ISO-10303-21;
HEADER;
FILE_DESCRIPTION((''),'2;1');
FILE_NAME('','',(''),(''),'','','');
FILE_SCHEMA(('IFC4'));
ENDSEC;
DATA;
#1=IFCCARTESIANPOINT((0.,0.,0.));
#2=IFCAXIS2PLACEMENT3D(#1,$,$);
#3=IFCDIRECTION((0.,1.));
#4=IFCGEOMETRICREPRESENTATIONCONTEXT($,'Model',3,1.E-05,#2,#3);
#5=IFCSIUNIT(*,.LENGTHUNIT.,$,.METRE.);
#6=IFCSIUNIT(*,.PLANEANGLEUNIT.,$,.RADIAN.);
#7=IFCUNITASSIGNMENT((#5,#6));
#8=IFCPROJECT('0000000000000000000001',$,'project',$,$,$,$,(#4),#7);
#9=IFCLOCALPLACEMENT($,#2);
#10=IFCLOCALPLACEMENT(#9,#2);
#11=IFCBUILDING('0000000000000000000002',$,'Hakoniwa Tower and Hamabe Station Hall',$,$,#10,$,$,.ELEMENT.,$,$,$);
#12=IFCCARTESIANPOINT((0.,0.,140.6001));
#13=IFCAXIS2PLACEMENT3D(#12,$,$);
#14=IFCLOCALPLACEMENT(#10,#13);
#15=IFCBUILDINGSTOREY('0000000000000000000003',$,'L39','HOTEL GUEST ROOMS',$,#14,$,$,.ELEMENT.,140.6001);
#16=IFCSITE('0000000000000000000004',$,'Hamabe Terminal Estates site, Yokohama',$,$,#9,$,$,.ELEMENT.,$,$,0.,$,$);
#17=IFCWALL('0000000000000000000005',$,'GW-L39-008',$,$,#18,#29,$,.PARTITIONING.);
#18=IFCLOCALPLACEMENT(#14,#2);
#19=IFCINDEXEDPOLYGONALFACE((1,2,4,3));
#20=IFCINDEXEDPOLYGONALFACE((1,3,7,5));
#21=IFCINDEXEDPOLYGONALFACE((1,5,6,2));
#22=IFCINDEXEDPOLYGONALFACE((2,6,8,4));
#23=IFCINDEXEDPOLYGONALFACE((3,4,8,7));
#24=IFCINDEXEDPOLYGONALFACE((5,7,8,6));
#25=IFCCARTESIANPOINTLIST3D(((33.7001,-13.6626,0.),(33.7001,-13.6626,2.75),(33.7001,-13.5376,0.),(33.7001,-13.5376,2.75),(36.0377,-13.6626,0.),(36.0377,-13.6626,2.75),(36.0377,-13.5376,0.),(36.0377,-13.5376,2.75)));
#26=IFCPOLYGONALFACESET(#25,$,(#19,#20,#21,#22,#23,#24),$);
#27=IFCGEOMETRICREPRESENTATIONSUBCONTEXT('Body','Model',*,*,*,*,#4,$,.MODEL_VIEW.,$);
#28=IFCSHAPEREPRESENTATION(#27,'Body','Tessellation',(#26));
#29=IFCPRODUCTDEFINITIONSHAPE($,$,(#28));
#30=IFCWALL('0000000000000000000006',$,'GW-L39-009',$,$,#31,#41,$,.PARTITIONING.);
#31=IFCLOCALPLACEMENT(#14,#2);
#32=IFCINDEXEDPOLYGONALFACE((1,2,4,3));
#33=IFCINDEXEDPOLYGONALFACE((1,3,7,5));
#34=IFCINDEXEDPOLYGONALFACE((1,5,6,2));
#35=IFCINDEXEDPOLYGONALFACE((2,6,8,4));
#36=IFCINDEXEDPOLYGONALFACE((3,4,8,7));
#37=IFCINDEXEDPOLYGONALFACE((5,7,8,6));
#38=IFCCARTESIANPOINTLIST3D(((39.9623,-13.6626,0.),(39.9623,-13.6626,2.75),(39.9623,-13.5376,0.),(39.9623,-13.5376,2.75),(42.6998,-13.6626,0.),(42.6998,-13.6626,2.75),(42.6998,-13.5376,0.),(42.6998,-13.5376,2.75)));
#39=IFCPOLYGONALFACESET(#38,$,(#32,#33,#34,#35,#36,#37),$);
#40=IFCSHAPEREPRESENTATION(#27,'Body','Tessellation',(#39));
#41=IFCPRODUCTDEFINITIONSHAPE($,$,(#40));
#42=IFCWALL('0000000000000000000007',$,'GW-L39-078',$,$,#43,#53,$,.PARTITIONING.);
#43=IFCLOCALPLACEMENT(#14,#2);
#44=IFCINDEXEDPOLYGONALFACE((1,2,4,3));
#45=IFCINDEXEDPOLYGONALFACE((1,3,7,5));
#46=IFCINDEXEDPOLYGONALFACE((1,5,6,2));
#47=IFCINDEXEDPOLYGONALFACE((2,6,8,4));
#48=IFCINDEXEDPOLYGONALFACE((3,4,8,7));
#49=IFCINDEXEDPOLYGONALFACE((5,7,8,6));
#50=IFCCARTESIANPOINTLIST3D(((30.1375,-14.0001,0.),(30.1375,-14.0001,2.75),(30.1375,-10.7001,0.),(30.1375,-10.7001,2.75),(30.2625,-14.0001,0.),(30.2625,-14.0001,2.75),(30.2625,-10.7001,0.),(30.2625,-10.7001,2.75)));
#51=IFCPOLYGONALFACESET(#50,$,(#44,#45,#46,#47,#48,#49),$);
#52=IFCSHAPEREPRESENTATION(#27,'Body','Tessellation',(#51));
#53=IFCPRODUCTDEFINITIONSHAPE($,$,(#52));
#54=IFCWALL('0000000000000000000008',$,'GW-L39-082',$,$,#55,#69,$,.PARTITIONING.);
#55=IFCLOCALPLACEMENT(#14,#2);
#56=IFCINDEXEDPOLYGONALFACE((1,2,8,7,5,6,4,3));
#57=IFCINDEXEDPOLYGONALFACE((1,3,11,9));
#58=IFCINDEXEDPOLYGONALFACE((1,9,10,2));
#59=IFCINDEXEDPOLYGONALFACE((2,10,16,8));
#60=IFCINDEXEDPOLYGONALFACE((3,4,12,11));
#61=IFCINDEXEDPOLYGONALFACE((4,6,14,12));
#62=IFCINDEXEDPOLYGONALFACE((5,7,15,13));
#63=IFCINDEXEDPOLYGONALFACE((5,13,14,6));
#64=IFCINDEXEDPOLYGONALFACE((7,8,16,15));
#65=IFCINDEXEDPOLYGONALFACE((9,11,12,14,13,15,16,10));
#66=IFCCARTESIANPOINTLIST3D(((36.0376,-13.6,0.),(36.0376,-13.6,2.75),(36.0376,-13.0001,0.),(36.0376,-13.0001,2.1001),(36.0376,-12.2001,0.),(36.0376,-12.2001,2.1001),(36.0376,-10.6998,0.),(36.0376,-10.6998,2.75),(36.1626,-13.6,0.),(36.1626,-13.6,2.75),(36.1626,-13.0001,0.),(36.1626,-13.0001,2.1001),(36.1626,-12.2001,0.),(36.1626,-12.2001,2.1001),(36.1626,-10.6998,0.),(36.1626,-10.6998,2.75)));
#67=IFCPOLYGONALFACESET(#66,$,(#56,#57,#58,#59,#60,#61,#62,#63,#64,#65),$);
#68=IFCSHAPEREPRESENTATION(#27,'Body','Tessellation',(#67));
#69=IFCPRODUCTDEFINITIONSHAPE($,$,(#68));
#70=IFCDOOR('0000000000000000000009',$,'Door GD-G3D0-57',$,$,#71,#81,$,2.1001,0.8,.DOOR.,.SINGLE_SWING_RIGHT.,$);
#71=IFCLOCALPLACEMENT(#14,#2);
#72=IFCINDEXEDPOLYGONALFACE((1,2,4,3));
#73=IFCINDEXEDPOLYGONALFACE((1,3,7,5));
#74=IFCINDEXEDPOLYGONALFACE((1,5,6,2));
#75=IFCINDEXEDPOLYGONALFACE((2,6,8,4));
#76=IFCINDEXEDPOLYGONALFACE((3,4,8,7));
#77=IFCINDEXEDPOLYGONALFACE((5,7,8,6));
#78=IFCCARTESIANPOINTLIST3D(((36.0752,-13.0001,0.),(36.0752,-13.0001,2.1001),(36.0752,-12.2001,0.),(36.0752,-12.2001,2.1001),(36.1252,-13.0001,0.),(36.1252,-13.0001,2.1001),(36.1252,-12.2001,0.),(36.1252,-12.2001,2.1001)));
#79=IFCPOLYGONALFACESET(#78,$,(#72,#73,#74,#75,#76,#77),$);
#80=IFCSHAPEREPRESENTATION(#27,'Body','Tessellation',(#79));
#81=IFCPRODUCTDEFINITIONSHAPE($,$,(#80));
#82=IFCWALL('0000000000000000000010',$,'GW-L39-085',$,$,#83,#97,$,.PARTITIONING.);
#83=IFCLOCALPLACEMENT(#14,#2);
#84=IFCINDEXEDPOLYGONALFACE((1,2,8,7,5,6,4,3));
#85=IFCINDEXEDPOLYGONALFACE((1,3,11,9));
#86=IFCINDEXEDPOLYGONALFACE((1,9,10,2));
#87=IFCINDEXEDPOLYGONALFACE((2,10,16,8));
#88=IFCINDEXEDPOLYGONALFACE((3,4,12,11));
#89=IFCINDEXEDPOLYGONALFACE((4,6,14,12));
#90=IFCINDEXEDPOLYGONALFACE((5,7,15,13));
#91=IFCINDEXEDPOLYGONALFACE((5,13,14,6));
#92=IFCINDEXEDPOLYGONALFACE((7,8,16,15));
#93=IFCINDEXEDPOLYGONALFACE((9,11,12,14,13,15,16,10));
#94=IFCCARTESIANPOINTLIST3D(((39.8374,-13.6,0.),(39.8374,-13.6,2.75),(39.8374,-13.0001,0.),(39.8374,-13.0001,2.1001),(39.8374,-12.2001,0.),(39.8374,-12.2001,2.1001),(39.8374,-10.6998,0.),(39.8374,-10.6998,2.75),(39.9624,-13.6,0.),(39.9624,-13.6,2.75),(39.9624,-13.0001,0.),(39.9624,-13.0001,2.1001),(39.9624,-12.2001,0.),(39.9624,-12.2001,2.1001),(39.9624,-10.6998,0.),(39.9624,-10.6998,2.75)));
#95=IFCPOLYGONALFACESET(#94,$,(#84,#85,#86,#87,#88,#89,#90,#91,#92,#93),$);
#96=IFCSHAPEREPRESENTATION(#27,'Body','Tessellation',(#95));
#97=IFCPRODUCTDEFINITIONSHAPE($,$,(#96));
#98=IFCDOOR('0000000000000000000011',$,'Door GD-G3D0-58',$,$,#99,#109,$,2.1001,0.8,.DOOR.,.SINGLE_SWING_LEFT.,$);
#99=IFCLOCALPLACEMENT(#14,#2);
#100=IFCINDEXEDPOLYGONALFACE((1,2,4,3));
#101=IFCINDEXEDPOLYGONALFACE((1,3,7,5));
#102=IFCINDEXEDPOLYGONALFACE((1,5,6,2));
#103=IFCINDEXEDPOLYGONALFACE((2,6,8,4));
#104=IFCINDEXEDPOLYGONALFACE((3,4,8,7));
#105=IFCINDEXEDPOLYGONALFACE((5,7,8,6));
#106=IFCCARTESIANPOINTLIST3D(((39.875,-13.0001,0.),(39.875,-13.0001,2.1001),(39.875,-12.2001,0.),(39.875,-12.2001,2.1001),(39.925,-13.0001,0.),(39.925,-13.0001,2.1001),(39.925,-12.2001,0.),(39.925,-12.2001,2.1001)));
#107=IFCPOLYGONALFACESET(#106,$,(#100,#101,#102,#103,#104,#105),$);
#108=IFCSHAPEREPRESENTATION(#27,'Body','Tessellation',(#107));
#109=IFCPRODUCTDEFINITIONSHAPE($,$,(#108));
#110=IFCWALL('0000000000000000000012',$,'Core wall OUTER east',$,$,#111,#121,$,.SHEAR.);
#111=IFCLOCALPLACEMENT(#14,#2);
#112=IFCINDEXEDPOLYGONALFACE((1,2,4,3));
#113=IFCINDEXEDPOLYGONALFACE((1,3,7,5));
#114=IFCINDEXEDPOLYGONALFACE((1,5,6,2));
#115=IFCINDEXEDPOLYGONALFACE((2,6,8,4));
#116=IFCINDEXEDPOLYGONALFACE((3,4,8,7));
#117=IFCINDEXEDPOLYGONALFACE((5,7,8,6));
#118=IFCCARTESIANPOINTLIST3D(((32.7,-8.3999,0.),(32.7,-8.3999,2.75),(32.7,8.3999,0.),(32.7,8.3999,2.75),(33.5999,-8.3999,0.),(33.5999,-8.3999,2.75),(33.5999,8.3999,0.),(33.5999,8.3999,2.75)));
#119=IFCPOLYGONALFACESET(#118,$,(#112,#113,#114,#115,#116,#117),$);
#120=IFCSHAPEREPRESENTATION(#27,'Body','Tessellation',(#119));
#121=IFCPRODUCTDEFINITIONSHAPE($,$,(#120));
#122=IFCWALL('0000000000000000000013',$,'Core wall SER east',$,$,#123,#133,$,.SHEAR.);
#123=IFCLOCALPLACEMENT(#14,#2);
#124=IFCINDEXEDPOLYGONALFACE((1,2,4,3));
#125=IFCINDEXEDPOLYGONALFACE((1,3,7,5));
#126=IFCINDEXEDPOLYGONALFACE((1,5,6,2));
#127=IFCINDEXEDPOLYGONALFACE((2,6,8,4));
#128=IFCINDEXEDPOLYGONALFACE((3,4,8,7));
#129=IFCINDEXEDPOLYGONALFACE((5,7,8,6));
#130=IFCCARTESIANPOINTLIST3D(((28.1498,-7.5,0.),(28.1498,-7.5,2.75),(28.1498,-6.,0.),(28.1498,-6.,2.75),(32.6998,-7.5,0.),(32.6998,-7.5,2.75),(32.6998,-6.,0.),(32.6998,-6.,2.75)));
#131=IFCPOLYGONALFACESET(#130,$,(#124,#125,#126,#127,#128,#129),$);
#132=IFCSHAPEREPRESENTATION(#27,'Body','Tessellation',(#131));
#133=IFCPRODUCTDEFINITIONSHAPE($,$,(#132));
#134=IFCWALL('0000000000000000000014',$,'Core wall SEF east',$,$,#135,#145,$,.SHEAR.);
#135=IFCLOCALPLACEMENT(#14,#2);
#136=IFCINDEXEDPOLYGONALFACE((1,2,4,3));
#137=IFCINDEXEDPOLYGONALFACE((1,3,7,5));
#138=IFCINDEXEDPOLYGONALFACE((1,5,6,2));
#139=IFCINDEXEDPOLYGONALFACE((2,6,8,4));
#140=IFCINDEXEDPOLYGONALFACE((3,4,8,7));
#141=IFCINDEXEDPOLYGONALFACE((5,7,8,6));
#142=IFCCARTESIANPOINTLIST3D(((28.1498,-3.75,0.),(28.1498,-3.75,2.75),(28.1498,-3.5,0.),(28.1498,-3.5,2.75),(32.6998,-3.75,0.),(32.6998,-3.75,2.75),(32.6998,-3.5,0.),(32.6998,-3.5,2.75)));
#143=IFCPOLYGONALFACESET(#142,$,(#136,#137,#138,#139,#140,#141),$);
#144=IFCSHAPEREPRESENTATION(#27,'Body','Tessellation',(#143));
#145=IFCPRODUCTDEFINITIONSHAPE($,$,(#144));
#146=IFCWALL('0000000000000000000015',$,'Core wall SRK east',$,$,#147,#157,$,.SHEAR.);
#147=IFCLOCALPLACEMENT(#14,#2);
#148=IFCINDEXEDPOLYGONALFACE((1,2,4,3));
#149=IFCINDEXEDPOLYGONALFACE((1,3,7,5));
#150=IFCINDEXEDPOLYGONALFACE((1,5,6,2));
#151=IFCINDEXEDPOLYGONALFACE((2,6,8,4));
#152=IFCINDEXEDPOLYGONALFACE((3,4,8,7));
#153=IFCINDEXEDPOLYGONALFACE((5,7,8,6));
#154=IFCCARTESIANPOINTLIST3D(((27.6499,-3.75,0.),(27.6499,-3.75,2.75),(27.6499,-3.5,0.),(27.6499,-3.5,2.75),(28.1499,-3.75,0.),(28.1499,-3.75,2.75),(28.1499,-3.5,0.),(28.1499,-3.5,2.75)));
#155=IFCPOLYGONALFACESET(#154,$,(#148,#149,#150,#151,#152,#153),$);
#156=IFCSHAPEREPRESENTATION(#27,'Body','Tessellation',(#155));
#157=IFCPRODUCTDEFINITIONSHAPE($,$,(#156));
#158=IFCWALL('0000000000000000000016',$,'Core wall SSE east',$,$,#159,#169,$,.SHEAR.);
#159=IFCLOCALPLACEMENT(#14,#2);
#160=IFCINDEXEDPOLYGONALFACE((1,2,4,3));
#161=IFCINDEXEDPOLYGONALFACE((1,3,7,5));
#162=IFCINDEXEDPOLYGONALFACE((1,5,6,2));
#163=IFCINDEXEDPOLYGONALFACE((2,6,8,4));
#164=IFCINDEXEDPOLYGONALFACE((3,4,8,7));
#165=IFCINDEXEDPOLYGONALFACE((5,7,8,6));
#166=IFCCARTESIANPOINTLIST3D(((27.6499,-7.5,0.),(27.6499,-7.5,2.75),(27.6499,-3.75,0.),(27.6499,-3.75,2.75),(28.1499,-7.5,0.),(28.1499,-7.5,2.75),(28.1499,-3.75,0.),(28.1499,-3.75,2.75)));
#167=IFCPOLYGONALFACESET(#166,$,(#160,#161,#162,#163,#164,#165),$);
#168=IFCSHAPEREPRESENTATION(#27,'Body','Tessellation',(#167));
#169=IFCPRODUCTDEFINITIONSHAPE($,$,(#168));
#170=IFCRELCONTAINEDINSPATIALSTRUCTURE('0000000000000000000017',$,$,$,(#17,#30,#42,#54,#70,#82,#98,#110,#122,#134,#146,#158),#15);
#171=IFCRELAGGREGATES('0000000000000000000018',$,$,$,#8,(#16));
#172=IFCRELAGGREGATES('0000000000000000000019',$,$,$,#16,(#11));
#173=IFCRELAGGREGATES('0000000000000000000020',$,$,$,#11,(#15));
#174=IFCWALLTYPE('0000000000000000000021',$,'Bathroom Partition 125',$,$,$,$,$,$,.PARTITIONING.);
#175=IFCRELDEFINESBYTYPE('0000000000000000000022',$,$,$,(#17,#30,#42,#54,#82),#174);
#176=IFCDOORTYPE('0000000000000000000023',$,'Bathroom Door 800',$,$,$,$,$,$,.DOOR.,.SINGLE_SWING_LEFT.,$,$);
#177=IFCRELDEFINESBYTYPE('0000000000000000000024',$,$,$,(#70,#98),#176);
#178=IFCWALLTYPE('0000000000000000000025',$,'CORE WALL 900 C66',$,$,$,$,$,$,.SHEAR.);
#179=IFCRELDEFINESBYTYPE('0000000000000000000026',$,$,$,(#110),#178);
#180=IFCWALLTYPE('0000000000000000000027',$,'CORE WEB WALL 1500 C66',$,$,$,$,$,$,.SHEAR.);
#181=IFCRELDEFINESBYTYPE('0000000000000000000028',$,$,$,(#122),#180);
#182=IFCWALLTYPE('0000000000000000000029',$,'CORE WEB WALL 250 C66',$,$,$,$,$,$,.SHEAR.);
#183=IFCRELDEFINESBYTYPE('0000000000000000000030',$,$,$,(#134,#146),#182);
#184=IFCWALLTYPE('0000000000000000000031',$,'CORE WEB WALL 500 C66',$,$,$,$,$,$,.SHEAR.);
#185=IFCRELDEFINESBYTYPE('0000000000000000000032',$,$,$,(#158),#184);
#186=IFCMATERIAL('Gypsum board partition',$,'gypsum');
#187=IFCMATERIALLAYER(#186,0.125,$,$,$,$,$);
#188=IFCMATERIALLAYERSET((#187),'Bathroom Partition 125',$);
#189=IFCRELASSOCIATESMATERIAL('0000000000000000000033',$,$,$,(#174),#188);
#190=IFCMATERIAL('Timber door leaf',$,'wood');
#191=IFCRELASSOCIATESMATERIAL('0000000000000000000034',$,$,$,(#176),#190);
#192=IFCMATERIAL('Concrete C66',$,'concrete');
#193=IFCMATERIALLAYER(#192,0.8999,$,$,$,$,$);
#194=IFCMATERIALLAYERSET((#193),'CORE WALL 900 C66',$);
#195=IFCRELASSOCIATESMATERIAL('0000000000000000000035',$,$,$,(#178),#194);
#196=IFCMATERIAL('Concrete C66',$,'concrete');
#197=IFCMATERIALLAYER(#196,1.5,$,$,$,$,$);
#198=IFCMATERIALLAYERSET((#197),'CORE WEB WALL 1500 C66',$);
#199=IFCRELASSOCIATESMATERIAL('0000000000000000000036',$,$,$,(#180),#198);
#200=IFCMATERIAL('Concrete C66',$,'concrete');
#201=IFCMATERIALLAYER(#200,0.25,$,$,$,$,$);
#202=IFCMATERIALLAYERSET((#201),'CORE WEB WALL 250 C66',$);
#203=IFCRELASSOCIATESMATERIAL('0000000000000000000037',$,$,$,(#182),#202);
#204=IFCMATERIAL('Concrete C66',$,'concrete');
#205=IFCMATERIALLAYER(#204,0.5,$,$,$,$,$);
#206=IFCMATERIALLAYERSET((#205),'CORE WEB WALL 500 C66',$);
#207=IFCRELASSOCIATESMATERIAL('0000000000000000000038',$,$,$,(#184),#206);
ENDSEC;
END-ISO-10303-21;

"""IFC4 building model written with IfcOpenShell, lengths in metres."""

from ifc_helpers import new_model, si_unit, direction, frame, frame_2d, origin, place, context, subcontext, project, spatial, rectangle, extrude, material, layer, layer_set, type_object, element, fill, save


model = new_model("IFC4")

# Units and contexts
model_context = context("Model", 3, precision=1e-05, world=origin(), true_north=direction((0.0, 1.0)))
body_context = subcontext(model_context, "Body", "Model", "MODEL_VIEW")
ifc_project = project(units=[si_unit("LENGTHUNIT", "METRE"), si_unit("PLANEANGLEUNIT", "RADIAN")], contexts=[model_context])

# Site, building, storey
site_placement = place(None, origin())
site = spatial("IfcSite", under=ifc_project, at=site_placement, Name="Hamabe Terminal Estates site, Yokohama", CompositionType="ELEMENT", RefElevation=0.0)
building_placement = place(site_placement, origin())
building = spatial("IfcBuilding", under=site, at=building_placement, Name="Hakoniwa Tower and Hamabe Station Hall", CompositionType="ELEMENT")
storey_placement = place(building_placement, frame((0.0, 0.0, 140.6001)))
storey = spatial("IfcBuildingStorey", under=building, at=storey_placement, Name="L39", Description="HOTEL GUEST ROOMS", CompositionType="ELEMENT", Elevation=140.6001)

# Shared definitions
ifc_material_1 = material(Name="Gypsum board partition", Category="gypsum")
ifc_layer_1 = layer(ifc_material_1, 0.125)
ifc_layer_set_1 = layer_set([ifc_layer_1], Name="Bathroom Partition 125")
wall_type_1 = type_object("IfcWallType", Name="Bathroom Partition 125", PredefinedType="PARTITIONING", material=ifc_layer_set_1)
ifc_material_2 = material(Name="Timber door leaf", Category="wood")
door_type_1 = type_object("IfcDoorType", Name="Bathroom Door 800", OperationType="SINGLE_SWING_LEFT", PredefinedType="DOOR", material=ifc_material_2)

# Walls
wall_1_placement = place(storey_placement, frame((33.7, -13.6001, 0.0), z_axis=(0.0, 0.0, 1.0), x_axis=(1.0, 0.0, 0.0)))
element("IfcWall", 1, at=wall_1_placement, inside=storey, type_object=wall_type_1, Name="GW-L39-008", PredefinedType="PARTITIONING", context=body_context, shape_type="SweptSolid", body=[
    extrude(rectangle(XDim=2.3376, YDim=0.125, at=frame_2d((1.1689, 0.0))), origin(), (0.0, 0.0, 1.0), 2.75),
])
wall_2_placement = place(storey_placement, frame((39.9624, -13.6001, 0.0), z_axis=(0.0, 0.0, 1.0), x_axis=(1.0, 0.0, 0.0)))
element("IfcWall", 2, at=wall_2_placement, inside=storey, type_object=wall_type_1, Name="GW-L39-009", PredefinedType="PARTITIONING", context=body_context, shape_type="SweptSolid", body=[
    extrude(rectangle(XDim=2.7375, YDim=0.125, at=frame_2d((1.3687, 0.0))), origin(), (0.0, 0.0, 1.0), 2.75),
])
wall_3_placement = place(storey_placement, frame((30.2, -14.0, 0.0), z_axis=(0.0, 0.0, 1.0), x_axis=(0.0, 1.0, 0.0)))
element("IfcWall", 3, at=wall_3_placement, inside=storey, type_object=wall_type_1, Name="GW-L39-078", PredefinedType="PARTITIONING", context=body_context, shape_type="SweptSolid", body=[
    extrude(rectangle(XDim=3.3, YDim=0.125, at=frame_2d((1.6499, 0.0))), origin(), (0.0, 0.0, 1.0), 2.75),
])

# Walls, openings, doors
wall_4_placement = place(storey_placement, frame((36.1001, -13.6001, 0.0), z_axis=(0.0, 0.0, 1.0), x_axis=(0.0, 1.0, 0.0)))
wall_4 = element("IfcWall", 4, at=wall_4_placement, inside=storey, type_object=wall_type_1, Name="GW-L39-082", PredefinedType="PARTITIONING", context=body_context, shape_type="SweptSolid", body=[
    extrude(rectangle(XDim=2.9001, YDim=0.125, at=frame_2d((1.4502, 0.0))), origin(), (0.0, 0.0, 1.0), 2.75),
])
opening_1_placement = place(wall_4_placement, frame((0.6001, 0.0, 0.0)))
opening_1 = element("IfcOpeningElement", 5, at=opening_1_placement, cuts=wall_4, PredefinedType="OPENING", context=body_context, shape_type="SweptSolid", body=[
    extrude(rectangle(XDim=0.8, YDim=2.1001, at=frame_2d((0.3999, 1.05))), frame((0.0, 0.0725, 0.0), z_axis=(0.0, -1.0, 0.0), x_axis=(1.0, 0.0, 0.0)), (0.0, 0.0, 1.0), 0.145),
])
door_1_placement = place(opening_1_placement, origin())
door_1 = element("IfcDoor", 6, at=door_1_placement, inside=storey, type_object=door_type_1, Name="Door GD-G3D0-57", OperationType="SINGLE_SWING_RIGHT", OverallHeight=2.1001, OverallWidth=0.8, PredefinedType="DOOR", context=body_context, shape_type="SweptSolid", body=[
    extrude(rectangle(XDim=0.8, YDim=2.1001, at=frame_2d((0.3999, 1.05))), frame((0.0, 0.0249, 0.0), z_axis=(0.0, -1.0, 0.0), x_axis=(1.0, 0.0, 0.0)), (0.0, 0.0, 1.0), 0.05),
])
fill(opening_1, door_1)
wall_5_placement = place(storey_placement, frame((39.8999, -13.6001, 0.0), z_axis=(0.0, 0.0, 1.0), x_axis=(0.0, 1.0, 0.0)))
wall_5 = element("IfcWall", 7, at=wall_5_placement, inside=storey, type_object=wall_type_1, Name="GW-L39-085", PredefinedType="PARTITIONING", context=body_context, shape_type="SweptSolid", body=[
    extrude(rectangle(XDim=2.9001, YDim=0.125, at=frame_2d((1.4502, 0.0))), origin(), (0.0, 0.0, 1.0), 2.75),
])
opening_2_placement = place(wall_5_placement, frame((0.6001, 0.0, 0.0)))
opening_2 = element("IfcOpeningElement", 8, at=opening_2_placement, cuts=wall_5, PredefinedType="OPENING", context=body_context, shape_type="SweptSolid", body=[
    extrude(rectangle(XDim=0.8, YDim=2.1001, at=frame_2d((0.3999, 1.05))), frame((0.0, 0.0725, 0.0), z_axis=(0.0, -1.0, 0.0), x_axis=(1.0, 0.0, 0.0)), (0.0, 0.0, 1.0), 0.145),
])
door_2_placement = place(opening_2_placement, origin())
door_2 = element("IfcDoor", 9, at=door_2_placement, inside=storey, type_object=door_type_1, Name="Door GD-G3D0-58", OperationType="SINGLE_SWING_LEFT", OverallHeight=2.1001, OverallWidth=0.8, PredefinedType="DOOR", context=body_context, shape_type="SweptSolid", body=[
    extrude(rectangle(XDim=0.8, YDim=2.1001, at=frame_2d((0.3999, 1.05))), frame((0.0, 0.0249, 0.0), z_axis=(0.0, -1.0, 0.0), x_axis=(1.0, 0.0, 0.0)), (0.0, 0.0, 1.0), 0.05),
])
fill(opening_2, door_2)

# Walls
ifc_material_3 = material(Name="Concrete C66", Category="concrete")
ifc_layer_2 = layer(ifc_material_3, 0.8999)
ifc_layer_set_2 = layer_set([ifc_layer_2], Name="CORE WALL 900 C66")
wall_type_2 = type_object("IfcWallType", Name="CORE WALL 900 C66", PredefinedType="SHEAR", material=ifc_layer_set_2)
wall_6_placement = place(storey_placement, frame((33.1499, -8.3999, 0.0), z_axis=(0.0, 0.0, 1.0), x_axis=(0.0, 1.0, 0.0)))
element("IfcWall", 10, at=wall_6_placement, inside=storey, type_object=wall_type_2, Name="Core wall OUTER east", PredefinedType="SHEAR", context=body_context, shape_type="SweptSolid", body=[
    extrude(rectangle(XDim=16.7998, YDim=0.8999, at=frame_2d((8.3999, 0.0))), origin(), (0.0, 0.0, 1.0), 2.75),
])
ifc_material_4 = material(Name="Concrete C66", Category="concrete")
ifc_layer_3 = layer(ifc_material_4, 1.5)
ifc_layer_set_3 = layer_set([ifc_layer_3], Name="CORE WEB WALL 1500 C66")
wall_type_3 = type_object("IfcWallType", Name="CORE WEB WALL 1500 C66", PredefinedType="SHEAR", material=ifc_layer_set_3)
wall_7_placement = place(storey_placement, frame((28.1499, -6.75, 0.0), z_axis=(0.0, 0.0, 1.0), x_axis=(1.0, 0.0, 0.0)))
element("IfcWall", 11, at=wall_7_placement, inside=storey, type_object=wall_type_3, Name="Core wall SER east", PredefinedType="SHEAR", context=body_context, shape_type="SweptSolid", body=[
    extrude(rectangle(XDim=4.55, YDim=1.5, at=frame_2d((2.2749, 0.0))), origin(), (0.0, 0.0, 1.0), 2.75),
])
ifc_material_5 = material(Name="Concrete C66", Category="concrete")
ifc_layer_4 = layer(ifc_material_5, 0.25)
ifc_layer_set_4 = layer_set([ifc_layer_4], Name="CORE WEB WALL 250 C66")
wall_type_4 = type_object("IfcWallType", Name="CORE WEB WALL 250 C66", PredefinedType="SHEAR", material=ifc_layer_set_4)
wall_8_placement = place(storey_placement, frame((28.1499, -3.625, 0.0), z_axis=(0.0, 0.0, 1.0), x_axis=(1.0, 0.0, 0.0)))
element("IfcWall", 12, at=wall_8_placement, inside=storey, type_object=wall_type_4, Name="Core wall SEF east", PredefinedType="SHEAR", context=body_context, shape_type="SweptSolid", body=[
    extrude(rectangle(XDim=4.55, YDim=0.25, at=frame_2d((2.2749, 0.0))), origin(), (0.0, 0.0, 1.0), 2.75),
])
wall_9_placement = place(storey_placement, frame((27.6499, -3.625, 0.0), z_axis=(0.0, 0.0, 1.0), x_axis=(1.0, 0.0, 0.0)))
element("IfcWall", 13, at=wall_9_placement, inside=storey, type_object=wall_type_4, Name="Core wall SRK east", PredefinedType="SHEAR", context=body_context, shape_type="SweptSolid", body=[
    extrude(rectangle(XDim=0.5, YDim=0.25, at=frame_2d((0.25, 0.0))), origin(), (0.0, 0.0, 1.0), 2.75),
])
ifc_material_6 = material(Name="Concrete C66", Category="concrete")
ifc_layer_5 = layer(ifc_material_6, 0.5)
ifc_layer_set_5 = layer_set([ifc_layer_5], Name="CORE WEB WALL 500 C66")
wall_type_5 = type_object("IfcWallType", Name="CORE WEB WALL 500 C66", PredefinedType="SHEAR", material=ifc_layer_set_5)
wall_10_placement = place(storey_placement, frame((27.8999, -7.5, 0.0), z_axis=(0.0, 0.0, 1.0), x_axis=(0.0, 1.0, 0.0)))
element("IfcWall", 14, at=wall_10_placement, inside=storey, type_object=wall_type_5, Name="Core wall SSE east", PredefinedType="SHEAR", context=body_context, shape_type="SweptSolid", body=[
    extrude(rectangle(XDim=3.75, YDim=0.5, at=frame_2d((1.875, 0.0))), origin(), (0.0, 0.0, 1.0), 2.75),
])

save(model, "model.ifc")
